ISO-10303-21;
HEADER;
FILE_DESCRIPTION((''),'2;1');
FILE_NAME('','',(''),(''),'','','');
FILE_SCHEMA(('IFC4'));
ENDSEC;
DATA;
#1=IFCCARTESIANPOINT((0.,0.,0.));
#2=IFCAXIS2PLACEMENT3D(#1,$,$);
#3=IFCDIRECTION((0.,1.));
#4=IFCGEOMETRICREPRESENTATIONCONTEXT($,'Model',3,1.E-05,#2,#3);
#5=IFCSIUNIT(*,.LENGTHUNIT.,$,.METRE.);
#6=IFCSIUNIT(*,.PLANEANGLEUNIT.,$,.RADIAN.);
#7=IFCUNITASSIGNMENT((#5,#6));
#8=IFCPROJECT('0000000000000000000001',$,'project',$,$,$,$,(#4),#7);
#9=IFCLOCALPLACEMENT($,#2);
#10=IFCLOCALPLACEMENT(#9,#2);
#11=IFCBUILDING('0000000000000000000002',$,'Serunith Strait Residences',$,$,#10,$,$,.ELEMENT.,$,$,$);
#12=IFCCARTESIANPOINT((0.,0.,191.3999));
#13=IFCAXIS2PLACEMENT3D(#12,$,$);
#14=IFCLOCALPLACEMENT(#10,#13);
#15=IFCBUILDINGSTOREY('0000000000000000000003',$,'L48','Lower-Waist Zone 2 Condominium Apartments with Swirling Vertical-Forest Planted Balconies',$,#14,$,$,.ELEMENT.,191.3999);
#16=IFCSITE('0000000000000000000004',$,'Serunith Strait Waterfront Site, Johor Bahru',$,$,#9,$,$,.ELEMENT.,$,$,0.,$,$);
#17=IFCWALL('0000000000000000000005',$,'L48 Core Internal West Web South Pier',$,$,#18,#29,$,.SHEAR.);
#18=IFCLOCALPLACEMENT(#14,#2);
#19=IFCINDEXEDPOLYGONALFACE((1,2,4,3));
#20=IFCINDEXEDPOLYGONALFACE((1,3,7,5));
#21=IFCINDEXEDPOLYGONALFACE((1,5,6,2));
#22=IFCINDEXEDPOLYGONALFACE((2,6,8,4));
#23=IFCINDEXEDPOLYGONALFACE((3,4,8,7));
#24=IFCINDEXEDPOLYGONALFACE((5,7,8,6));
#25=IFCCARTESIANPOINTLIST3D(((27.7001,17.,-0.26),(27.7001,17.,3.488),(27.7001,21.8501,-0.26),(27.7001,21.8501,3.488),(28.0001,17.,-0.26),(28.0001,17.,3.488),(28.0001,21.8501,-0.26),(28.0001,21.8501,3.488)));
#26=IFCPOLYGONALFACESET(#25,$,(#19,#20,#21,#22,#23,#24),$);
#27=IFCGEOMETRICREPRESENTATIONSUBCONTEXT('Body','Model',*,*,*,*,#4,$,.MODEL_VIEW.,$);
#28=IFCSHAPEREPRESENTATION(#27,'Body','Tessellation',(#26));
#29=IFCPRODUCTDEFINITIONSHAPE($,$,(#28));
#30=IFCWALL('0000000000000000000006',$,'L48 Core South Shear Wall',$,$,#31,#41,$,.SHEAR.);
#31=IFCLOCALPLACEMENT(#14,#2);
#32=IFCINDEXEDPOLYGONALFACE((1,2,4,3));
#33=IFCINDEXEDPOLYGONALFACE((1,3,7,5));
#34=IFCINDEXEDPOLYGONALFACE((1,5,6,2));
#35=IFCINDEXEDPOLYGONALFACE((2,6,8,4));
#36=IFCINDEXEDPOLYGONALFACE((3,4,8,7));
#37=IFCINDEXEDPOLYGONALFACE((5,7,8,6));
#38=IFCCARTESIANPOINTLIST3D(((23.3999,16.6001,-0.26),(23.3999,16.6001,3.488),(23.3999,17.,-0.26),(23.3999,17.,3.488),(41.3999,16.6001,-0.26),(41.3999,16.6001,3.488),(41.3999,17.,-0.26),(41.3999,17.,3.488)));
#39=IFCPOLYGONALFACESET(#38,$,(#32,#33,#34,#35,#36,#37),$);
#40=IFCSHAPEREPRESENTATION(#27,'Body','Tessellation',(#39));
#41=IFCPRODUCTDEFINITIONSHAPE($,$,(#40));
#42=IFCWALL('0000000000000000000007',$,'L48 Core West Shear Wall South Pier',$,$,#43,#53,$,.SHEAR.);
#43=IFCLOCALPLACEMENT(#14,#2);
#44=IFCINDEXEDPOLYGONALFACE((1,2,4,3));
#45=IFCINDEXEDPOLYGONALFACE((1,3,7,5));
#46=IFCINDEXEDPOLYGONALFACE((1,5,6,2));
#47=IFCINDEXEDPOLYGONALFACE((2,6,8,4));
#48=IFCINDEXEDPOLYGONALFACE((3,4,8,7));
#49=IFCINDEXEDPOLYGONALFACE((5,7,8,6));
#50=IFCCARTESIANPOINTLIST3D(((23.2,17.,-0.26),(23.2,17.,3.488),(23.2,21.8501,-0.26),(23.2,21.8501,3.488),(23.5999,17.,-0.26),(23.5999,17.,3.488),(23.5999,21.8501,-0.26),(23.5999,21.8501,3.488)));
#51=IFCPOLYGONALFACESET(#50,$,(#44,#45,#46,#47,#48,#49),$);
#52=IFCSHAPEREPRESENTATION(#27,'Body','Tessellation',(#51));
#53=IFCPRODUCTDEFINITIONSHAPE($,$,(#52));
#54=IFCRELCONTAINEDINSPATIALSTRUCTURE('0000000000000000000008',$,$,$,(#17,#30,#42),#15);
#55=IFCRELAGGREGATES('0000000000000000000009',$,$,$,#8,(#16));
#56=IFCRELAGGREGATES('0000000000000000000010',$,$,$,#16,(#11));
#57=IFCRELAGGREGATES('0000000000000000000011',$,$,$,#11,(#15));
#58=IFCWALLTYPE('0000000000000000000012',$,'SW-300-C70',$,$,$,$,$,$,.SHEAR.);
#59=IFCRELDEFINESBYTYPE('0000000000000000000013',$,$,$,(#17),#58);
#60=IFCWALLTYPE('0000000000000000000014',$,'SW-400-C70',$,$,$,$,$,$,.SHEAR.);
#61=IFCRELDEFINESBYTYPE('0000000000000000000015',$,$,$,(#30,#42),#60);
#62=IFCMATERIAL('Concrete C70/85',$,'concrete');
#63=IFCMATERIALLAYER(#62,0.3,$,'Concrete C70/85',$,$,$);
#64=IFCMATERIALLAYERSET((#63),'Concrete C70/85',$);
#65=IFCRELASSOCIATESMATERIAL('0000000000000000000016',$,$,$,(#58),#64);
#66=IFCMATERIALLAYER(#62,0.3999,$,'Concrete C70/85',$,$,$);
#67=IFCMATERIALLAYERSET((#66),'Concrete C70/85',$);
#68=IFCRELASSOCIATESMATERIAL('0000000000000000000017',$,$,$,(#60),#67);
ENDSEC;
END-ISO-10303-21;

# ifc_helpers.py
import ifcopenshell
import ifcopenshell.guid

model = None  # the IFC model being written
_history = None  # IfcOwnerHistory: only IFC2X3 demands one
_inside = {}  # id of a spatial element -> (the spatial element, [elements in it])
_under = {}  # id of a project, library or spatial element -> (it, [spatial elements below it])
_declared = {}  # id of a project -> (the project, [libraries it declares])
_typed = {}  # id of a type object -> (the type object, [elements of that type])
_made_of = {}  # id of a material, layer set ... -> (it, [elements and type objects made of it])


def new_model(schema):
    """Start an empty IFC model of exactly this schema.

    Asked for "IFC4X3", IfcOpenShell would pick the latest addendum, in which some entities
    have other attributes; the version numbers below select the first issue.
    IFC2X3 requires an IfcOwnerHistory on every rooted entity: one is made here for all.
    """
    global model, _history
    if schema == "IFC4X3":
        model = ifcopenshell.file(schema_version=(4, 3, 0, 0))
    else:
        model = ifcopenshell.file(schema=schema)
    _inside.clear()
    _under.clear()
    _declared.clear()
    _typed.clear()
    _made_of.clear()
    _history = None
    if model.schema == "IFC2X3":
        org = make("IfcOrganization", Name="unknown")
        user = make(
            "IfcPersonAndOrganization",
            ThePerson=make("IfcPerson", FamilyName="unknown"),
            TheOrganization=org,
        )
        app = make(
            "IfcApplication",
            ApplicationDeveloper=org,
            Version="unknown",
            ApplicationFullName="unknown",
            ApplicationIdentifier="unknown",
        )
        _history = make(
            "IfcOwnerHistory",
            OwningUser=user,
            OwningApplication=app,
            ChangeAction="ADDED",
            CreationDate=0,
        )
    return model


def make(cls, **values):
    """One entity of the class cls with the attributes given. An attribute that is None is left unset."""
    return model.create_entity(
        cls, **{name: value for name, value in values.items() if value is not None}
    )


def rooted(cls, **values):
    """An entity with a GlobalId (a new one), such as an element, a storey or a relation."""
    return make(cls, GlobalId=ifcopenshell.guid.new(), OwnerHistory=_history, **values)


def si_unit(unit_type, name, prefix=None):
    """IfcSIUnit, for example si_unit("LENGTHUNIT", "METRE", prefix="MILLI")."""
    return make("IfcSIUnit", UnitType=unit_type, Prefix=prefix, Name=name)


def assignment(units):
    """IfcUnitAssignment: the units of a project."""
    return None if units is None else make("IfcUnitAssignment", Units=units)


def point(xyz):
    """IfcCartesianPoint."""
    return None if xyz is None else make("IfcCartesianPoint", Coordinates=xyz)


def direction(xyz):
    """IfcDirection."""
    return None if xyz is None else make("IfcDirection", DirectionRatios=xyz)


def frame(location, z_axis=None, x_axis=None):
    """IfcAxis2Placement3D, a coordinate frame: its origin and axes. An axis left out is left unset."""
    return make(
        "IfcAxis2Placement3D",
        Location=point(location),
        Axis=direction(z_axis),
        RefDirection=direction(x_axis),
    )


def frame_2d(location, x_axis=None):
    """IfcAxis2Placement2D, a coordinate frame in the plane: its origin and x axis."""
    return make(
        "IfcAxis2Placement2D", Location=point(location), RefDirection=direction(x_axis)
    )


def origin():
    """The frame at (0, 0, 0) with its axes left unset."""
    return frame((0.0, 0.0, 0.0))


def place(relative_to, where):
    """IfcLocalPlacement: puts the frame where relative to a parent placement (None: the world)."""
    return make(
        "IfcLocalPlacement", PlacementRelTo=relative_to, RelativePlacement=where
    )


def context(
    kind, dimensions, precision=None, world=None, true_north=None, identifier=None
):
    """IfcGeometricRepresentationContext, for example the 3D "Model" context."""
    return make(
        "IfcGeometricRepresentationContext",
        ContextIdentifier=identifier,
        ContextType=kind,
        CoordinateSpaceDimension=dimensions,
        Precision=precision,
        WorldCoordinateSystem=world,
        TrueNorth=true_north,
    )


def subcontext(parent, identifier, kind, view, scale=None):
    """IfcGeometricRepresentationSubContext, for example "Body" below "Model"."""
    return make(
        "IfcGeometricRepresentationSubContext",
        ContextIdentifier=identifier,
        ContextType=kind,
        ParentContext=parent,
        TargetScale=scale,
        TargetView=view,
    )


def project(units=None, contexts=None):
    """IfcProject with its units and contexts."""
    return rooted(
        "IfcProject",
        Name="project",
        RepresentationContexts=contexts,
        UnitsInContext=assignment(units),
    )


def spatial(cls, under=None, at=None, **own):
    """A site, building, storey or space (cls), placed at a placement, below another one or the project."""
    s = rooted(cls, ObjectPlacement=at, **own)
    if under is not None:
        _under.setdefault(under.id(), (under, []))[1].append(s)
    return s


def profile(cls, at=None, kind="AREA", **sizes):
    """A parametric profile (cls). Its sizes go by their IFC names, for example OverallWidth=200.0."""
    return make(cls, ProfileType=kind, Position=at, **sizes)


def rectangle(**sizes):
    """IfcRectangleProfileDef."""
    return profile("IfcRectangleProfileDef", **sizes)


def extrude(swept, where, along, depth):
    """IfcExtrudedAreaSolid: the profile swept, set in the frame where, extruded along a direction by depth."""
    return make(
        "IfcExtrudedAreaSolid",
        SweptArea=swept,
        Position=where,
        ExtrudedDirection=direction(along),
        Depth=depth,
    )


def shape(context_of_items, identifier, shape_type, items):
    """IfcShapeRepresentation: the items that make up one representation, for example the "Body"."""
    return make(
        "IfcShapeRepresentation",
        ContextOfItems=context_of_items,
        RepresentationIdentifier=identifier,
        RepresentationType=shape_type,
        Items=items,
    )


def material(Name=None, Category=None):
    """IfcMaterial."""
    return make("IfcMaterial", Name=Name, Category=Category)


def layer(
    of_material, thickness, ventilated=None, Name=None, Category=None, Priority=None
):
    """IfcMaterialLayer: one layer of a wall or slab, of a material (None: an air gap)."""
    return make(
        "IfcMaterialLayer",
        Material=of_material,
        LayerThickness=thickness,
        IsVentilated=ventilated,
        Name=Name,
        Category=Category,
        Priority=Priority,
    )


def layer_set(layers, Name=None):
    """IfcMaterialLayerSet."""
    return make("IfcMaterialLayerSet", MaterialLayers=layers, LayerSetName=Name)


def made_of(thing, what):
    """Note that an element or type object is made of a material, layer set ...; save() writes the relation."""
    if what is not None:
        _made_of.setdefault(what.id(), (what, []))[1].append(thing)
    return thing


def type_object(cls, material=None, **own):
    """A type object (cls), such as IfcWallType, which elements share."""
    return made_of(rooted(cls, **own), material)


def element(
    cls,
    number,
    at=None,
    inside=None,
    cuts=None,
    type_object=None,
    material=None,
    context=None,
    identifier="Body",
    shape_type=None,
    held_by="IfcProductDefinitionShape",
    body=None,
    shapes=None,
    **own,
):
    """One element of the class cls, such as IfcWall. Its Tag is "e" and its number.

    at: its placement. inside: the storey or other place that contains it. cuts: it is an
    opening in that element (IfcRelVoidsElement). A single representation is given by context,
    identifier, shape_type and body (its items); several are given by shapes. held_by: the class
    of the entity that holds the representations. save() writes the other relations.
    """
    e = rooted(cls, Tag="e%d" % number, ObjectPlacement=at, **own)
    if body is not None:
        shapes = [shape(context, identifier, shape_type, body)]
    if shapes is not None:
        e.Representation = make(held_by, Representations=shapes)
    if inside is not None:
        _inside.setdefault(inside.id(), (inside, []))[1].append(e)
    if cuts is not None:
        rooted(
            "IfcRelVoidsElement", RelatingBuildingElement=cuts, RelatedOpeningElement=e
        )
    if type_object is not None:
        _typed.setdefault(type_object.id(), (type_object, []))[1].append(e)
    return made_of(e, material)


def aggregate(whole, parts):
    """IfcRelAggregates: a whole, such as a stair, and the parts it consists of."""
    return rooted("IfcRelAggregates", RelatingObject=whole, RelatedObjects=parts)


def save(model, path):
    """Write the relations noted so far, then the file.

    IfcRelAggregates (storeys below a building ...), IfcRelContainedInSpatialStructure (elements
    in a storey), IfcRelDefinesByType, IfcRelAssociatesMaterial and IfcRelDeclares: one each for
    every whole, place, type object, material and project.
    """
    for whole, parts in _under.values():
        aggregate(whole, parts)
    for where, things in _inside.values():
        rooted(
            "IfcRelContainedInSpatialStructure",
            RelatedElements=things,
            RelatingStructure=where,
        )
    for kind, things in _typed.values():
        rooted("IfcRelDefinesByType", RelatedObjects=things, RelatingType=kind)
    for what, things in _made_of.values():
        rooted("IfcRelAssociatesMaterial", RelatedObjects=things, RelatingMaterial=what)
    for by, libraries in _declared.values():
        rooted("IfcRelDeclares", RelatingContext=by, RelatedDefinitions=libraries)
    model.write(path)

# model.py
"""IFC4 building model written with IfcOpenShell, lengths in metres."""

from ifc_helpers import new_model, si_unit, direction, frame, frame_2d, origin, place, context, subcontext, project, spatial, rectangle, extrude, material, layer, layer_set, type_object, element, save


model = new_model("IFC4")

# Units and contexts
model_context = context("Model", 3, precision=1e-05, world=origin(), true_north=direction((0.0, 1.0)))
body_context = subcontext(model_context, "Body", "Model", "MODEL_VIEW")
ifc_project = project(units=[si_unit("LENGTHUNIT", "METRE"), si_unit("PLANEANGLEUNIT", "RADIAN")], contexts=[model_context])

# Site, building, storey
site_placement = place(None, origin())
site = spatial("IfcSite", under=ifc_project, at=site_placement, Name="Serunith Strait Waterfront Site, Johor Bahru", CompositionType="ELEMENT", RefElevation=0.0)
building_placement = place(site_placement, origin())
building = spatial("IfcBuilding", under=site, at=building_placement, Name="Serunith Strait Residences", CompositionType="ELEMENT")
storey_placement = place(building_placement, frame((0.0, 0.0, 191.3999)))
storey = spatial("IfcBuildingStorey", under=building, at=storey_placement, Name="L48", Description="Lower-Waist Zone 2 Condominium Apartments with Swirling Vertical-Forest Planted Balconies", CompositionType="ELEMENT", Elevation=191.3999)

# Walls
ifc_material_1 = material(Name="Concrete C70/85", Category="concrete")
ifc_layer_1 = layer(ifc_material_1, 0.3, Name="Concrete C70/85")
ifc_layer_set_1 = layer_set([ifc_layer_1], Name="Concrete C70/85")
wall_type_1 = type_object("IfcWallType", Name="SW-300-C70", PredefinedType="SHEAR", material=ifc_layer_set_1)
wall_1_placement = place(storey_placement, frame((27.8501, 17.0, -0.26), z_axis=(0.0, 0.0, 1.0), x_axis=(0.0, 1.0, 0.0)))
element("IfcWall", 1, at=wall_1_placement, inside=storey, type_object=wall_type_1, Name="L48 Core Internal West Web South Pier", PredefinedType="SHEAR", context=body_context, shape_type="SweptSolid", body=[
    extrude(rectangle(XDim=4.8501, YDim=0.3, at=frame_2d((2.425, 0.0))), origin(), (0.0, 0.0, 1.0), 3.748),
])
ifc_layer_2 = layer(ifc_material_1, 0.3999, Name="Concrete C70/85")
ifc_layer_set_2 = layer_set([ifc_layer_2], Name="Concrete C70/85")
wall_type_2 = type_object("IfcWallType", Name="SW-400-C70", PredefinedType="SHEAR", material=ifc_layer_set_2)
wall_2_placement = place(storey_placement, frame((23.3999, 16.8, -0.26), z_axis=(0.0, 0.0, 1.0), x_axis=(1.0, 0.0, 0.0)))
element("IfcWall", 2, at=wall_2_placement, inside=storey, type_object=wall_type_2, Name="L48 Core South Shear Wall", PredefinedType="SHEAR", context=body_context, shape_type="SweptSolid", body=[
    extrude(rectangle(XDim=18.0, YDim=0.3999, at=frame_2d((9.0, 0.0))), origin(), (0.0, 0.0, 1.0), 3.748),
])
wall_3_placement = place(storey_placement, frame((23.3999, 17.0, -0.26), z_axis=(0.0, 0.0, 1.0), x_axis=(0.0, 1.0, 0.0)))
element("IfcWall", 3, at=wall_3_placement, inside=storey, type_object=wall_type_2, Name="L48 Core West Shear Wall South Pier", PredefinedType="SHEAR", context=body_context, shape_type="SweptSolid", body=[
    extrude(rectangle(XDim=4.8501, YDim=0.3999, at=frame_2d((2.425, 0.0))), origin(), (0.0, 0.0, 1.0), 3.748),
])

save(model, "model.ifc")
